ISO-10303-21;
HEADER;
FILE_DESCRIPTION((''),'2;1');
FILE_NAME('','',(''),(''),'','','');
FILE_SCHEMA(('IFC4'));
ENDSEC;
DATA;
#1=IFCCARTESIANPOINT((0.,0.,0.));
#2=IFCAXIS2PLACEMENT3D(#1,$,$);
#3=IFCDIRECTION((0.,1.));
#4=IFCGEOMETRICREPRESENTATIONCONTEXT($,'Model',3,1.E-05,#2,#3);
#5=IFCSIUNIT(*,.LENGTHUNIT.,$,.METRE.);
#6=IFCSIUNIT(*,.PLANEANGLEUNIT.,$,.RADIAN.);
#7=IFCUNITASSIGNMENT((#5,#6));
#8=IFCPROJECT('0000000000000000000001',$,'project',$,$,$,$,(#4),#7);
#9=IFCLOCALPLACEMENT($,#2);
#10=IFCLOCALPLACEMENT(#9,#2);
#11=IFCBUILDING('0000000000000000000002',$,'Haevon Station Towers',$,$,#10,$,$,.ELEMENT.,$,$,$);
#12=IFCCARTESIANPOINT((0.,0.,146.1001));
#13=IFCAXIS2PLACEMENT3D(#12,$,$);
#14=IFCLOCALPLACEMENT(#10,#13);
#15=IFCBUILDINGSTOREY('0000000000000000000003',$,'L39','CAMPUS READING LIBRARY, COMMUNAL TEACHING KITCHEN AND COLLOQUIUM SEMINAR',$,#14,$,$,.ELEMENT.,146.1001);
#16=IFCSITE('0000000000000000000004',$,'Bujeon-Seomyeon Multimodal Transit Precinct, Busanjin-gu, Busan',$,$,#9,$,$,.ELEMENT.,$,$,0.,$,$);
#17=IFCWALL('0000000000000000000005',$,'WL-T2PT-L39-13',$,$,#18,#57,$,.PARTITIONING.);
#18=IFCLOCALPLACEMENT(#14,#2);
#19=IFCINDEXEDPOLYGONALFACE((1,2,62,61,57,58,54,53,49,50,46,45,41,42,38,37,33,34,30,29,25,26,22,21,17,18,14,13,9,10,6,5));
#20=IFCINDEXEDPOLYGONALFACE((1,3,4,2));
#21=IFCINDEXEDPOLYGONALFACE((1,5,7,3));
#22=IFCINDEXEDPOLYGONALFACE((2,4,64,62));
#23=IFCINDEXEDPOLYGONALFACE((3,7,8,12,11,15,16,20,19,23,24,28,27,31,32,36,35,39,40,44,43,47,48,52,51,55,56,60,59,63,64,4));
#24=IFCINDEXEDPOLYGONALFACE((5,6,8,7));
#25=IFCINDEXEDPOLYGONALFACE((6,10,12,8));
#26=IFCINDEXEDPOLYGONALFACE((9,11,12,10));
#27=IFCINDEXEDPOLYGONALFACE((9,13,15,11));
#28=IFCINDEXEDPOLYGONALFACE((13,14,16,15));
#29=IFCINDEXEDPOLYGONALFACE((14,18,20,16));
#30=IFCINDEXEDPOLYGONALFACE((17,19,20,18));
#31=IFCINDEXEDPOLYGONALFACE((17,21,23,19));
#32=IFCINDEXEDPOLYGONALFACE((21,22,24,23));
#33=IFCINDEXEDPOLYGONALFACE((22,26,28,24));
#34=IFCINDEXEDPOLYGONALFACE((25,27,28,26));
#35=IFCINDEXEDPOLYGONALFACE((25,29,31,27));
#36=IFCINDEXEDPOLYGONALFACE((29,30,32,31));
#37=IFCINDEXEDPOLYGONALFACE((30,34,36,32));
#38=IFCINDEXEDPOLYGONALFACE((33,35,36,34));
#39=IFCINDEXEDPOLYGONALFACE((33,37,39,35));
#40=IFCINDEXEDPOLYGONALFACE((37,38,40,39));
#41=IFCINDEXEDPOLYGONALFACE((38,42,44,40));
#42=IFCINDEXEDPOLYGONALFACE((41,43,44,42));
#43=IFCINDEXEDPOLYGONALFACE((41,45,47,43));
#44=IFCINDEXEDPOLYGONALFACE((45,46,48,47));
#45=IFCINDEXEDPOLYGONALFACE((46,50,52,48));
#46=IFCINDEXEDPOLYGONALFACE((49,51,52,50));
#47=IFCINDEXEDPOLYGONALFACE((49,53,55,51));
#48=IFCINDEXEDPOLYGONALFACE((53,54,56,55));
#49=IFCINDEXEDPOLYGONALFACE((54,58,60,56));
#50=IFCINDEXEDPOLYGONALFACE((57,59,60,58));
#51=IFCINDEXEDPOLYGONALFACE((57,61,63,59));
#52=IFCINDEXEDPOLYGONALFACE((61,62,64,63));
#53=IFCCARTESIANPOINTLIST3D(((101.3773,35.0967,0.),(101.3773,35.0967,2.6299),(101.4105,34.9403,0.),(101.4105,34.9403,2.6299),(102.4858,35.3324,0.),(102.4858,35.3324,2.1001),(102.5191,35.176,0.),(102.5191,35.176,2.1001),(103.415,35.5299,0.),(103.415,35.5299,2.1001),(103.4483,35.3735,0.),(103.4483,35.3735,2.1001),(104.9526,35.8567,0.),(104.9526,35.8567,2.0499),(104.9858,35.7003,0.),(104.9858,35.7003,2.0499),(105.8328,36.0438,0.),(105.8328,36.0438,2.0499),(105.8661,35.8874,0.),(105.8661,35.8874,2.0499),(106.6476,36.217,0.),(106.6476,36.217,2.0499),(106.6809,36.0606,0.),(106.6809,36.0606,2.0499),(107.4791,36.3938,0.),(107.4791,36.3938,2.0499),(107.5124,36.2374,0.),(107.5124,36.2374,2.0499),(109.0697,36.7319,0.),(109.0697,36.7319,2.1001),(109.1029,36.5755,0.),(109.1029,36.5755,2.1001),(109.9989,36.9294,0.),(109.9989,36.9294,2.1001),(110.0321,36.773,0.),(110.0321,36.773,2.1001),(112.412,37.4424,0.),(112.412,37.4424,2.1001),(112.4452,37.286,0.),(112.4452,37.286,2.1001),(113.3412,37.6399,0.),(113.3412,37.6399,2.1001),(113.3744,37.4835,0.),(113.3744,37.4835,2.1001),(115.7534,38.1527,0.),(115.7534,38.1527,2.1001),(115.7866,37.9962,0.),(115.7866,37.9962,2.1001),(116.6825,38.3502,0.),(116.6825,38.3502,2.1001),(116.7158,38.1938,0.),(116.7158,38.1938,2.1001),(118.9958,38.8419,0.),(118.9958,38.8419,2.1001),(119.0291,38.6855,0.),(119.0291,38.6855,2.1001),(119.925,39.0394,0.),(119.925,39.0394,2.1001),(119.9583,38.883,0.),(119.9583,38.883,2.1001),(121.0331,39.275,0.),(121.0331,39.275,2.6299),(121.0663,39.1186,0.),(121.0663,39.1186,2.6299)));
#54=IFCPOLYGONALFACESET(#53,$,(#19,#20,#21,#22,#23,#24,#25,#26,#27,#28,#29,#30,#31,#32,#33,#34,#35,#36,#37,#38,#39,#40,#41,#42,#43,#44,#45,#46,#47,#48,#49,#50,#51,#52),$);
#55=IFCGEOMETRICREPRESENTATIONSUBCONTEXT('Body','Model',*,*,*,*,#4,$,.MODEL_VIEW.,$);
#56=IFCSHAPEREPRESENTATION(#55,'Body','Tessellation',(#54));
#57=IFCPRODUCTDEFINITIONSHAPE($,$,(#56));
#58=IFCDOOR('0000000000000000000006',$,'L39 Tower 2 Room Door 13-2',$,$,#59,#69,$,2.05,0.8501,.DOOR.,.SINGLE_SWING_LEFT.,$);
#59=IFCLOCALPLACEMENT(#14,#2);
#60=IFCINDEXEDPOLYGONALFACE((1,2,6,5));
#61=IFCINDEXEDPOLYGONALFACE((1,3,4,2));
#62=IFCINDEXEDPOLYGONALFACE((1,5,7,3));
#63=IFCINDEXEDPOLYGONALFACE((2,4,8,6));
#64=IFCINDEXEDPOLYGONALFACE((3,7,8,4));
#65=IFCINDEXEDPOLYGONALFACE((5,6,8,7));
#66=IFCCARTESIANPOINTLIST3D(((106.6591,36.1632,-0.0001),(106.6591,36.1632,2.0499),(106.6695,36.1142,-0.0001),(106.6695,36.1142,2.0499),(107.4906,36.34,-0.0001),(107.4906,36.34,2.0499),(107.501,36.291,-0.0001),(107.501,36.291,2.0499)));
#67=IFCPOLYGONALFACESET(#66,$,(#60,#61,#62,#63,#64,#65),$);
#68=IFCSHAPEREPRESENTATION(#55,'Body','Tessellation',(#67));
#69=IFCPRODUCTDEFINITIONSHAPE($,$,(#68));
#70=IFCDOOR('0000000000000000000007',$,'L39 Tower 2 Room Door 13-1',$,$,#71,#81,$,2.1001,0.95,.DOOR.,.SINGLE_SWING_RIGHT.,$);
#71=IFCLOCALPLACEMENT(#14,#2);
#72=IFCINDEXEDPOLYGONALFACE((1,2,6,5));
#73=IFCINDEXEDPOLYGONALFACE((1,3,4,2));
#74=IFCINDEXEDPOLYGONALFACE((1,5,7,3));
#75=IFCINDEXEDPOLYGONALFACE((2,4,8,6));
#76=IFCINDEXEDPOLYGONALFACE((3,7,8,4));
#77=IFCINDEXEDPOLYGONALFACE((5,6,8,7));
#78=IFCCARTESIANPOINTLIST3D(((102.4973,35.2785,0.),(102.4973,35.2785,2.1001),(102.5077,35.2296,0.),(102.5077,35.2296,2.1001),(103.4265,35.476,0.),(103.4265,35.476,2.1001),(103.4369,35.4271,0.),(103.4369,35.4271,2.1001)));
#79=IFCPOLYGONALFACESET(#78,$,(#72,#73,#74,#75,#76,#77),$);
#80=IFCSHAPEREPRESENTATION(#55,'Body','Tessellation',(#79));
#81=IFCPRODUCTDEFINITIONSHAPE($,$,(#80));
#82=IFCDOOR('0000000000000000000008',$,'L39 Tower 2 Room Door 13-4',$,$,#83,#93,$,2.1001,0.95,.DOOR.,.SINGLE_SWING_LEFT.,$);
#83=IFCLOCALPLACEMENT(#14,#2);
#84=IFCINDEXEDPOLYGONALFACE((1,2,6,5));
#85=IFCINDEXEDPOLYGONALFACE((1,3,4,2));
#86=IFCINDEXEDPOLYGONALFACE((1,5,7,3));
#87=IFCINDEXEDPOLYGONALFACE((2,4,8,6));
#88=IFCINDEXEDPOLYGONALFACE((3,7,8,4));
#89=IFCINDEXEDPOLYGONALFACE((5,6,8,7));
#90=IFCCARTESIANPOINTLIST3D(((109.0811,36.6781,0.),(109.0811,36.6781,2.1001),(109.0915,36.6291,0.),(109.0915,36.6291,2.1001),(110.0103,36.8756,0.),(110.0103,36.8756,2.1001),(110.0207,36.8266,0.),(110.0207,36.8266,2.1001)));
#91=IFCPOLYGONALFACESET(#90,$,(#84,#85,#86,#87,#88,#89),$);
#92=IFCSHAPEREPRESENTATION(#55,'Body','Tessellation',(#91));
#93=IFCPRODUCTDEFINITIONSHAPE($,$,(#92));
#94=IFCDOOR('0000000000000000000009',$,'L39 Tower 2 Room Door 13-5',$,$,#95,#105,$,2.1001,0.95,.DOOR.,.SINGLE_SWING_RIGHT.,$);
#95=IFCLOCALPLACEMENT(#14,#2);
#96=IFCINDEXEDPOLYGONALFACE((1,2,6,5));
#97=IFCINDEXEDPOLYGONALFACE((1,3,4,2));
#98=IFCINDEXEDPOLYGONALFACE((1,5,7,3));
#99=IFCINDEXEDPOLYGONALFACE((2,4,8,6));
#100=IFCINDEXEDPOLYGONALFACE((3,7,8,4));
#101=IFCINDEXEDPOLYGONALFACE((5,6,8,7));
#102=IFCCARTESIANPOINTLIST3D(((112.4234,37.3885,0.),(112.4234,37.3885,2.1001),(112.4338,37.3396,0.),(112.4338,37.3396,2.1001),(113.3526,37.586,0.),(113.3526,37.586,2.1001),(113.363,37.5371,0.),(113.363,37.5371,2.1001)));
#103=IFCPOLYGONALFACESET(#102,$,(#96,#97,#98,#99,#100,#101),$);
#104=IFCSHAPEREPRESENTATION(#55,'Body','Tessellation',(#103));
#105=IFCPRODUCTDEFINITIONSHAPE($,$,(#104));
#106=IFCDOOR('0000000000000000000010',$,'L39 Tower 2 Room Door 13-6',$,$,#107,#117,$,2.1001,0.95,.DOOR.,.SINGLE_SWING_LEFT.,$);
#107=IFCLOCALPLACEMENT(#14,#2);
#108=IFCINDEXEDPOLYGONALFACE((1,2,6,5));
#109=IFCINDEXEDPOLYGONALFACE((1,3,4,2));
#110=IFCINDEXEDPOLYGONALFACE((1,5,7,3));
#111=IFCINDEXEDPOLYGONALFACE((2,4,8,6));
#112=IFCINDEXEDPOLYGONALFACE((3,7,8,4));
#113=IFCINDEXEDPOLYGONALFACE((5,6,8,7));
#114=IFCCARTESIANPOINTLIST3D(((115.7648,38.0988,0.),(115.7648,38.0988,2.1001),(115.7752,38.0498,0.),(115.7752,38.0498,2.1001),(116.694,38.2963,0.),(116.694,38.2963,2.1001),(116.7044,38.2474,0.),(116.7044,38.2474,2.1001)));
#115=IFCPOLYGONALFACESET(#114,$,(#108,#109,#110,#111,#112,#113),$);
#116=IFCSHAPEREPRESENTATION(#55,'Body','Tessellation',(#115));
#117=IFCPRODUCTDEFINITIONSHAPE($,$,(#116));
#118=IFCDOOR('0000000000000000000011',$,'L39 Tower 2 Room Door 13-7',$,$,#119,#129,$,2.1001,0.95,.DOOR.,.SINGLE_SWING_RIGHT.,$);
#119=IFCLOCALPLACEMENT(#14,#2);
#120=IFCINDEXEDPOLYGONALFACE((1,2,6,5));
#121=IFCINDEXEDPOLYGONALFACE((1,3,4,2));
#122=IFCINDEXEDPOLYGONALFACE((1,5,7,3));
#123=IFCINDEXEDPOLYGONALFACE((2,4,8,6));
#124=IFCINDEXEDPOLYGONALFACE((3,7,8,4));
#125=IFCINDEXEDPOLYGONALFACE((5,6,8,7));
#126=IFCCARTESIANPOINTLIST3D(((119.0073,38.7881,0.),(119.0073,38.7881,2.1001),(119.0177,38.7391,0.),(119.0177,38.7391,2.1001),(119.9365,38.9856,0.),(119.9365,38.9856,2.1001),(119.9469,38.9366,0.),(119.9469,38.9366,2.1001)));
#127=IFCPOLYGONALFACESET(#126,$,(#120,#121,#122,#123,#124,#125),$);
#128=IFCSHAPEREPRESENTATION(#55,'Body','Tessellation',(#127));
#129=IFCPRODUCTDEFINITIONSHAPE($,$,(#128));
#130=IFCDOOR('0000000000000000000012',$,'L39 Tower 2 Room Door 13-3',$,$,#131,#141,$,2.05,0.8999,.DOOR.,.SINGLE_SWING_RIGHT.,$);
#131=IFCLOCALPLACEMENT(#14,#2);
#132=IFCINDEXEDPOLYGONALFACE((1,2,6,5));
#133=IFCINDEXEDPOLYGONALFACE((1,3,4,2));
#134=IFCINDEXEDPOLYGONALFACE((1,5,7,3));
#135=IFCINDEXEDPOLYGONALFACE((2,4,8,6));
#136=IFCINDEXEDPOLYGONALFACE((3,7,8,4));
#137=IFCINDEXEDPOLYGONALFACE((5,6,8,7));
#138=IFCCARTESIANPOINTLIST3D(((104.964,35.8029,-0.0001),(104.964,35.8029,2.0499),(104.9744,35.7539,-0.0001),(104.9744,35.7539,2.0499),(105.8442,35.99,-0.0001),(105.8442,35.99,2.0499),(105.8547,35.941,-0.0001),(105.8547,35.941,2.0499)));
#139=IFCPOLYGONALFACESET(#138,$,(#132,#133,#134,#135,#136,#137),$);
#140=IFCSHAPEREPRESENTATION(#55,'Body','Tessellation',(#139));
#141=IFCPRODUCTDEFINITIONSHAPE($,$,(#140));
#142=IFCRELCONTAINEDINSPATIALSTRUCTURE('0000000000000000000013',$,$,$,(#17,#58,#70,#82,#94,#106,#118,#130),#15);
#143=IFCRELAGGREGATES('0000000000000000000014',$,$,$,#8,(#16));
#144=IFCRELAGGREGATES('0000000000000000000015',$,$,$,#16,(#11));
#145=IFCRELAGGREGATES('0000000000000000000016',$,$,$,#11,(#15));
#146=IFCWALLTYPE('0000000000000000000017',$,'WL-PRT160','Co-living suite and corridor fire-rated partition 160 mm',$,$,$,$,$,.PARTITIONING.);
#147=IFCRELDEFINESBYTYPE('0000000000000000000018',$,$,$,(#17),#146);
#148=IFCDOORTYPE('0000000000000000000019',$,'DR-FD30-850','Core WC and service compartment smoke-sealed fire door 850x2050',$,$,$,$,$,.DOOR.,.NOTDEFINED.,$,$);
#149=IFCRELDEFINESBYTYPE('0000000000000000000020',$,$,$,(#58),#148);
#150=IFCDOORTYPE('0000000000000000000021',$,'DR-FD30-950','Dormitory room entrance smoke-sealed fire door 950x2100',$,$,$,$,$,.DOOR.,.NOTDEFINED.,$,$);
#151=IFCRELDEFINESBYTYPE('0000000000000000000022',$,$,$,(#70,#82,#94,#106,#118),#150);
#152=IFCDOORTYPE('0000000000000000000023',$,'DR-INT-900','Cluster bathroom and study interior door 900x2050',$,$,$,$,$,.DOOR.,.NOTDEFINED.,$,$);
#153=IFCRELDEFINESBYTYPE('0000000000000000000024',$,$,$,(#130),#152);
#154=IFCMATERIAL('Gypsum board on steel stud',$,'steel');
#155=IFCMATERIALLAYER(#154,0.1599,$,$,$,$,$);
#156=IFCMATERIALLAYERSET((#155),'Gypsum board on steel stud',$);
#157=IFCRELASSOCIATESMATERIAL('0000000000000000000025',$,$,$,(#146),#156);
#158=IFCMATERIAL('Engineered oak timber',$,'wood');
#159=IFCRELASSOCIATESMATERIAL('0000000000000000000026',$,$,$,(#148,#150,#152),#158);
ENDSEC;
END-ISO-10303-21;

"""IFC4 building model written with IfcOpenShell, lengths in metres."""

from ifc_helpers import new_model, si_unit, direction, frame, frame_2d, origin, place, context, subcontext, project, spatial, rectangle, extrude, material, layer, layer_set, type_object, element, fill, save


model = new_model("IFC4")

# Units and contexts
model_context = context("Model", 3, precision=1e-05, world=origin(), true_north=direction((0.0, 1.0)))
body_context = subcontext(model_context, "Body", "Model", "MODEL_VIEW")
ifc_project = project(units=[si_unit("LENGTHUNIT", "METRE"), si_unit("PLANEANGLEUNIT", "RADIAN")], contexts=[model_context])

# Site, building, storey
site_placement = place(None, origin())
site = spatial("IfcSite", under=ifc_project, at=site_placement, Name="Bujeon-Seomyeon Multimodal Transit Precinct, Busanjin-gu, Busan", CompositionType="ELEMENT", RefElevation=0.0)
building_placement = place(site_placement, origin())
building = spatial("IfcBuilding", under=site, at=building_placement, Name="Haevon Station Towers", CompositionType="ELEMENT")
storey_placement = place(building_placement, frame((0.0, 0.0, 146.1001)))
storey = spatial("IfcBuildingStorey", under=building, at=storey_placement, Name="L39", Description="CAMPUS READING LIBRARY, COMMUNAL TEACHING KITCHEN AND COLLOQUIUM SEMINAR", CompositionType="ELEMENT", Elevation=146.1001)

# Wall, openings, doors
ifc_material_1 = material(Name="Gypsum board on steel stud", Category="steel")
ifc_layer = layer(ifc_material_1, 0.1599)
ifc_layer_set = layer_set([ifc_layer], Name="Gypsum board on steel stud")
wall_type = type_object("IfcWallType", Name="WL-PRT160", Description="Co-living suite and corridor fire-rated partition 160 mm", PredefinedType="PARTITIONING", material=ifc_layer_set)
wall_placement = place(storey_placement, frame((101.394, 35.0186, 0.0), z_axis=(0.0, 0.0, 1.0), x_axis=(0.978145, 0.207924, 0.0)))
wall = element("IfcWall", 1, at=wall_placement, inside=storey, type_object=wall_type, Name="WL-T2PT-L39-13", PredefinedType="PARTITIONING", context=body_context, shape_type="SweptSolid", body=[
    extrude(rectangle(XDim=20.095, YDim=0.1599, at=frame_2d((10.0474, 0.0))), origin(), (0.0, 0.0, 1.0), 2.6299),
])
opening_1_placement = place(wall_placement, frame((1.1331, 0.0, 0.0)))
opening_1 = element("IfcOpeningElement", 2, at=opening_1_placement, cuts=wall, PredefinedType="OPENING", context=body_context, shape_type="SweptSolid", body=[
    extrude(rectangle(XDim=0.95, YDim=2.1001, at=frame_2d((0.4751, 1.05))), frame((0.0, 0.0898, 0.0), z_axis=(0.0, -1.0, 0.0), x_axis=(1.0, 0.0, 0.0)), (0.0, 0.0, 1.0), 0.1799),
])
opening_2_placement = place(wall_placement, frame((5.3879, 0.0, 0.0)))
opening_2 = element("IfcOpeningElement", 3, at=opening_2_placement, cuts=wall, PredefinedType="OPENING", context=body_context, shape_type="SweptSolid", body=[
    extrude(rectangle(XDim=0.8501, YDim=2.05, at=frame_2d((0.425, 1.0249))), frame((0.0, 0.0898, 0.0), z_axis=(0.0, -1.0, 0.0), x_axis=(1.0, 0.0, 0.0)), (0.0, 0.0, 1.0), 0.1799),
])
opening_3_placement = place(wall_placement, frame((3.655, 0.0, 0.0)))
opening_3 = element("IfcOpeningElement", 4, at=opening_3_placement, cuts=wall, PredefinedType="OPENING", context=body_context, shape_type="SweptSolid", body=[
    extrude(rectangle(XDim=0.8999, YDim=2.05, at=frame_2d((0.45, 1.0249))), frame((0.0, 0.0898, 0.0), z_axis=(0.0, -1.0, 0.0), x_axis=(1.0, 0.0, 0.0)), (0.0, 0.0, 1.0), 0.1799),
])
opening_4_placement = place(wall_placement, frame((7.864, 0.0, 0.0)))
opening_4 = element("IfcOpeningElement", 5, at=opening_4_placement, cuts=wall, PredefinedType="OPENING", context=body_context, shape_type="SweptSolid", body=[
    extrude(rectangle(XDim=0.95, YDim=2.1001, at=frame_2d((0.4751, 1.05))), frame((0.0, 0.0898, 0.0), z_axis=(0.0, -1.0, 0.0), x_axis=(1.0, 0.0, 0.0)), (0.0, 0.0, 1.0), 0.1799),
])
opening_5_placement = place(wall_placement, frame((11.281, 0.0, 0.0)))
opening_5 = element("IfcOpeningElement", 6, at=opening_5_placement, cuts=wall, PredefinedType="OPENING", context=body_context, shape_type="SweptSolid", body=[
    extrude(rectangle(XDim=0.95, YDim=2.1001, at=frame_2d((0.4751, 1.05))), frame((0.0, 0.0898, 0.0), z_axis=(0.0, -1.0, 0.0), x_axis=(1.0, 0.0, 0.0)), (0.0, 0.0, 1.0), 0.1799),
])
opening_6_placement = place(wall_placement, frame((14.697, 0.0, 0.0)))
opening_6 = element("IfcOpeningElement", 7, at=opening_6_placement, cuts=wall, PredefinedType="OPENING", context=body_context, shape_type="SweptSolid", body=[
    extrude(rectangle(XDim=0.95, YDim=2.1001, at=frame_2d((0.4751, 1.05))), frame((0.0, 0.0898, 0.0), z_axis=(0.0, -1.0, 0.0), x_axis=(1.0, 0.0, 0.0)), (0.0, 0.0, 1.0), 0.1799),
])
opening_7_placement = place(wall_placement, frame((18.012, 0.0, 0.0)))
opening_7 = element("IfcOpeningElement", 8, at=opening_7_placement, cuts=wall, PredefinedType="OPENING", context=body_context, shape_type="SweptSolid", body=[
    extrude(rectangle(XDim=0.95, YDim=2.1001, at=frame_2d((0.4751, 1.05))), frame((0.0, 0.0898, 0.0), z_axis=(0.0, -1.0, 0.0), x_axis=(1.0, 0.0, 0.0)), (0.0, 0.0, 1.0), 0.1799),
])
ifc_material_2 = material(Name="Engineered oak timber", Category="wood")
door_type_1 = type_object("IfcDoorType", Name="DR-FD30-850", Description="Core WC and service compartment smoke-sealed fire door 850x2050", OperationType="NOTDEFINED", PredefinedType="DOOR", material=ifc_material_2)
door_1_placement = place(opening_2_placement, origin())
door_1 = element("IfcDoor", 9, at=door_1_placement, inside=storey, type_object=door_type_1, Name="L39 Tower 2 Room Door 13-2", OperationType="SINGLE_SWING_LEFT", OverallHeight=2.05, OverallWidth=0.8501, PredefinedType="DOOR", context=body_context, shape_type="SweptSolid", body=[
    extrude(rectangle(XDim=0.8501, YDim=2.05, at=frame_2d((0.425, 1.0249))), frame((0.0, 0.0249, 0.0), z_axis=(0.0, -1.0, 0.0), x_axis=(1.0, 0.0, 0.0)), (0.0, 0.0, 1.0), 0.05),
])
fill(opening_2, door_1)
door_type_2 = type_object("IfcDoorType", Name="DR-FD30-950", Description="Dormitory room entrance smoke-sealed fire door 950x2100", OperationType="NOTDEFINED", PredefinedType="DOOR", material=ifc_material_2)
door_2_placement = place(opening_1_placement, origin())
door_2 = element("IfcDoor", 10, at=door_2_placement, inside=storey, type_object=door_type_2, Name="L39 Tower 2 Room Door 13-1", OperationType="SINGLE_SWING_RIGHT", OverallHeight=2.1001, OverallWidth=0.95, PredefinedType="DOOR", context=body_context, shape_type="SweptSolid", body=[
    extrude(rectangle(XDim=0.95, YDim=2.1001, at=frame_2d((0.4751, 1.05))), frame((0.0, 0.0249, 0.0), z_axis=(0.0, -1.0, 0.0), x_axis=(1.0, 0.0, 0.0)), (0.0, 0.0, 1.0), 0.05),
])
fill(opening_1, door_2)
door_3_placement = place(opening_4_placement, origin())
door_3 = element("IfcDoor", 11, at=door_3_placement, inside=storey, type_object=door_type_2, Name="L39 Tower 2 Room Door 13-4", OperationType="SINGLE_SWING_LEFT", OverallHeight=2.1001, OverallWidth=0.95, PredefinedType="DOOR", context=body_context, shape_type="SweptSolid", body=[
    extrude(rectangle(XDim=0.95, YDim=2.1001, at=frame_2d((0.4751, 1.05))), frame((0.0, 0.0249, 0.0), z_axis=(0.0, -1.0, 0.0), x_axis=(1.0, 0.0, 0.0)), (0.0, 0.0, 1.0), 0.05),
])
fill(opening_4, door_3)
door_4_placement = place(opening_5_placement, origin())
door_4 = element("IfcDoor", 12, at=door_4_placement, inside=storey, type_object=door_type_2, Name="L39 Tower 2 Room Door 13-5", OperationType="SINGLE_SWING_RIGHT", OverallHeight=2.1001, OverallWidth=0.95, PredefinedType="DOOR", context=body_context, shape_type="SweptSolid", body=[
    extrude(rectangle(XDim=0.95, YDim=2.1001, at=frame_2d((0.4751, 1.05))), frame((0.0, 0.0249, 0.0), z_axis=(0.0, -1.0, 0.0), x_axis=(1.0, 0.0, 0.0)), (0.0, 0.0, 1.0), 0.05),
])
fill(opening_5, door_4)
door_5_placement = place(opening_6_placement, origin())
door_5 = element("IfcDoor", 13, at=door_5_placement, inside=storey, type_object=door_type_2, Name="L39 Tower 2 Room Door 13-6", OperationType="SINGLE_SWING_LEFT", OverallHeight=2.1001, OverallWidth=0.95, PredefinedType="DOOR", context=body_context, shape_type="SweptSolid", body=[
    extrude(rectangle(XDim=0.95, YDim=2.1001, at=frame_2d((0.4751, 1.05))), frame((0.0, 0.0249, 0.0), z_axis=(0.0, -1.0, 0.0), x_axis=(1.0, 0.0, 0.0)), (0.0, 0.0, 1.0), 0.05),
])
fill(opening_6, door_5)
door_6_placement = place(opening_7_placement, origin())
door_6 = element("IfcDoor", 14, at=door_6_placement, inside=storey, type_object=door_type_2, Name="L39 Tower 2 Room Door 13-7", OperationType="SINGLE_SWING_RIGHT", OverallHeight=2.1001, OverallWidth=0.95, PredefinedType="DOOR", context=body_context, shape_type="SweptSolid", body=[
    extrude(rectangle(XDim=0.95, YDim=2.1001, at=frame_2d((0.4751, 1.05))), frame((0.0, 0.0249, 0.0), z_axis=(0.0, -1.0, 0.0), x_axis=(1.0, 0.0, 0.0)), (0.0, 0.0, 1.0), 0.05),
])
fill(opening_7, door_6)
door_type_3 = type_object("IfcDoorType", Name="DR-INT-900", Description="Cluster bathroom and study interior door 900x2050", OperationType="NOTDEFINED", PredefinedType="DOOR", material=ifc_material_2)
door_7_placement = place(opening_3_placement, origin())
door_7 = element("IfcDoor", 15, at=door_7_placement, inside=storey, type_object=door_type_3, Name="L39 Tower 2 Room Door 13-3", OperationType="SINGLE_SWING_RIGHT", OverallHeight=2.05, OverallWidth=0.8999, PredefinedType="DOOR", context=body_context, shape_type="SweptSolid", body=[
    extrude(rectangle(XDim=0.8999, YDim=2.05, at=frame_2d((0.45, 1.0249))), frame((0.0, 0.0249, 0.0), z_axis=(0.0, -1.0, 0.0), x_axis=(1.0, 0.0, 0.0)), (0.0, 0.0, 1.0), 0.05),
])
fill(opening_3, door_7)

save(model, "model.ifc")
